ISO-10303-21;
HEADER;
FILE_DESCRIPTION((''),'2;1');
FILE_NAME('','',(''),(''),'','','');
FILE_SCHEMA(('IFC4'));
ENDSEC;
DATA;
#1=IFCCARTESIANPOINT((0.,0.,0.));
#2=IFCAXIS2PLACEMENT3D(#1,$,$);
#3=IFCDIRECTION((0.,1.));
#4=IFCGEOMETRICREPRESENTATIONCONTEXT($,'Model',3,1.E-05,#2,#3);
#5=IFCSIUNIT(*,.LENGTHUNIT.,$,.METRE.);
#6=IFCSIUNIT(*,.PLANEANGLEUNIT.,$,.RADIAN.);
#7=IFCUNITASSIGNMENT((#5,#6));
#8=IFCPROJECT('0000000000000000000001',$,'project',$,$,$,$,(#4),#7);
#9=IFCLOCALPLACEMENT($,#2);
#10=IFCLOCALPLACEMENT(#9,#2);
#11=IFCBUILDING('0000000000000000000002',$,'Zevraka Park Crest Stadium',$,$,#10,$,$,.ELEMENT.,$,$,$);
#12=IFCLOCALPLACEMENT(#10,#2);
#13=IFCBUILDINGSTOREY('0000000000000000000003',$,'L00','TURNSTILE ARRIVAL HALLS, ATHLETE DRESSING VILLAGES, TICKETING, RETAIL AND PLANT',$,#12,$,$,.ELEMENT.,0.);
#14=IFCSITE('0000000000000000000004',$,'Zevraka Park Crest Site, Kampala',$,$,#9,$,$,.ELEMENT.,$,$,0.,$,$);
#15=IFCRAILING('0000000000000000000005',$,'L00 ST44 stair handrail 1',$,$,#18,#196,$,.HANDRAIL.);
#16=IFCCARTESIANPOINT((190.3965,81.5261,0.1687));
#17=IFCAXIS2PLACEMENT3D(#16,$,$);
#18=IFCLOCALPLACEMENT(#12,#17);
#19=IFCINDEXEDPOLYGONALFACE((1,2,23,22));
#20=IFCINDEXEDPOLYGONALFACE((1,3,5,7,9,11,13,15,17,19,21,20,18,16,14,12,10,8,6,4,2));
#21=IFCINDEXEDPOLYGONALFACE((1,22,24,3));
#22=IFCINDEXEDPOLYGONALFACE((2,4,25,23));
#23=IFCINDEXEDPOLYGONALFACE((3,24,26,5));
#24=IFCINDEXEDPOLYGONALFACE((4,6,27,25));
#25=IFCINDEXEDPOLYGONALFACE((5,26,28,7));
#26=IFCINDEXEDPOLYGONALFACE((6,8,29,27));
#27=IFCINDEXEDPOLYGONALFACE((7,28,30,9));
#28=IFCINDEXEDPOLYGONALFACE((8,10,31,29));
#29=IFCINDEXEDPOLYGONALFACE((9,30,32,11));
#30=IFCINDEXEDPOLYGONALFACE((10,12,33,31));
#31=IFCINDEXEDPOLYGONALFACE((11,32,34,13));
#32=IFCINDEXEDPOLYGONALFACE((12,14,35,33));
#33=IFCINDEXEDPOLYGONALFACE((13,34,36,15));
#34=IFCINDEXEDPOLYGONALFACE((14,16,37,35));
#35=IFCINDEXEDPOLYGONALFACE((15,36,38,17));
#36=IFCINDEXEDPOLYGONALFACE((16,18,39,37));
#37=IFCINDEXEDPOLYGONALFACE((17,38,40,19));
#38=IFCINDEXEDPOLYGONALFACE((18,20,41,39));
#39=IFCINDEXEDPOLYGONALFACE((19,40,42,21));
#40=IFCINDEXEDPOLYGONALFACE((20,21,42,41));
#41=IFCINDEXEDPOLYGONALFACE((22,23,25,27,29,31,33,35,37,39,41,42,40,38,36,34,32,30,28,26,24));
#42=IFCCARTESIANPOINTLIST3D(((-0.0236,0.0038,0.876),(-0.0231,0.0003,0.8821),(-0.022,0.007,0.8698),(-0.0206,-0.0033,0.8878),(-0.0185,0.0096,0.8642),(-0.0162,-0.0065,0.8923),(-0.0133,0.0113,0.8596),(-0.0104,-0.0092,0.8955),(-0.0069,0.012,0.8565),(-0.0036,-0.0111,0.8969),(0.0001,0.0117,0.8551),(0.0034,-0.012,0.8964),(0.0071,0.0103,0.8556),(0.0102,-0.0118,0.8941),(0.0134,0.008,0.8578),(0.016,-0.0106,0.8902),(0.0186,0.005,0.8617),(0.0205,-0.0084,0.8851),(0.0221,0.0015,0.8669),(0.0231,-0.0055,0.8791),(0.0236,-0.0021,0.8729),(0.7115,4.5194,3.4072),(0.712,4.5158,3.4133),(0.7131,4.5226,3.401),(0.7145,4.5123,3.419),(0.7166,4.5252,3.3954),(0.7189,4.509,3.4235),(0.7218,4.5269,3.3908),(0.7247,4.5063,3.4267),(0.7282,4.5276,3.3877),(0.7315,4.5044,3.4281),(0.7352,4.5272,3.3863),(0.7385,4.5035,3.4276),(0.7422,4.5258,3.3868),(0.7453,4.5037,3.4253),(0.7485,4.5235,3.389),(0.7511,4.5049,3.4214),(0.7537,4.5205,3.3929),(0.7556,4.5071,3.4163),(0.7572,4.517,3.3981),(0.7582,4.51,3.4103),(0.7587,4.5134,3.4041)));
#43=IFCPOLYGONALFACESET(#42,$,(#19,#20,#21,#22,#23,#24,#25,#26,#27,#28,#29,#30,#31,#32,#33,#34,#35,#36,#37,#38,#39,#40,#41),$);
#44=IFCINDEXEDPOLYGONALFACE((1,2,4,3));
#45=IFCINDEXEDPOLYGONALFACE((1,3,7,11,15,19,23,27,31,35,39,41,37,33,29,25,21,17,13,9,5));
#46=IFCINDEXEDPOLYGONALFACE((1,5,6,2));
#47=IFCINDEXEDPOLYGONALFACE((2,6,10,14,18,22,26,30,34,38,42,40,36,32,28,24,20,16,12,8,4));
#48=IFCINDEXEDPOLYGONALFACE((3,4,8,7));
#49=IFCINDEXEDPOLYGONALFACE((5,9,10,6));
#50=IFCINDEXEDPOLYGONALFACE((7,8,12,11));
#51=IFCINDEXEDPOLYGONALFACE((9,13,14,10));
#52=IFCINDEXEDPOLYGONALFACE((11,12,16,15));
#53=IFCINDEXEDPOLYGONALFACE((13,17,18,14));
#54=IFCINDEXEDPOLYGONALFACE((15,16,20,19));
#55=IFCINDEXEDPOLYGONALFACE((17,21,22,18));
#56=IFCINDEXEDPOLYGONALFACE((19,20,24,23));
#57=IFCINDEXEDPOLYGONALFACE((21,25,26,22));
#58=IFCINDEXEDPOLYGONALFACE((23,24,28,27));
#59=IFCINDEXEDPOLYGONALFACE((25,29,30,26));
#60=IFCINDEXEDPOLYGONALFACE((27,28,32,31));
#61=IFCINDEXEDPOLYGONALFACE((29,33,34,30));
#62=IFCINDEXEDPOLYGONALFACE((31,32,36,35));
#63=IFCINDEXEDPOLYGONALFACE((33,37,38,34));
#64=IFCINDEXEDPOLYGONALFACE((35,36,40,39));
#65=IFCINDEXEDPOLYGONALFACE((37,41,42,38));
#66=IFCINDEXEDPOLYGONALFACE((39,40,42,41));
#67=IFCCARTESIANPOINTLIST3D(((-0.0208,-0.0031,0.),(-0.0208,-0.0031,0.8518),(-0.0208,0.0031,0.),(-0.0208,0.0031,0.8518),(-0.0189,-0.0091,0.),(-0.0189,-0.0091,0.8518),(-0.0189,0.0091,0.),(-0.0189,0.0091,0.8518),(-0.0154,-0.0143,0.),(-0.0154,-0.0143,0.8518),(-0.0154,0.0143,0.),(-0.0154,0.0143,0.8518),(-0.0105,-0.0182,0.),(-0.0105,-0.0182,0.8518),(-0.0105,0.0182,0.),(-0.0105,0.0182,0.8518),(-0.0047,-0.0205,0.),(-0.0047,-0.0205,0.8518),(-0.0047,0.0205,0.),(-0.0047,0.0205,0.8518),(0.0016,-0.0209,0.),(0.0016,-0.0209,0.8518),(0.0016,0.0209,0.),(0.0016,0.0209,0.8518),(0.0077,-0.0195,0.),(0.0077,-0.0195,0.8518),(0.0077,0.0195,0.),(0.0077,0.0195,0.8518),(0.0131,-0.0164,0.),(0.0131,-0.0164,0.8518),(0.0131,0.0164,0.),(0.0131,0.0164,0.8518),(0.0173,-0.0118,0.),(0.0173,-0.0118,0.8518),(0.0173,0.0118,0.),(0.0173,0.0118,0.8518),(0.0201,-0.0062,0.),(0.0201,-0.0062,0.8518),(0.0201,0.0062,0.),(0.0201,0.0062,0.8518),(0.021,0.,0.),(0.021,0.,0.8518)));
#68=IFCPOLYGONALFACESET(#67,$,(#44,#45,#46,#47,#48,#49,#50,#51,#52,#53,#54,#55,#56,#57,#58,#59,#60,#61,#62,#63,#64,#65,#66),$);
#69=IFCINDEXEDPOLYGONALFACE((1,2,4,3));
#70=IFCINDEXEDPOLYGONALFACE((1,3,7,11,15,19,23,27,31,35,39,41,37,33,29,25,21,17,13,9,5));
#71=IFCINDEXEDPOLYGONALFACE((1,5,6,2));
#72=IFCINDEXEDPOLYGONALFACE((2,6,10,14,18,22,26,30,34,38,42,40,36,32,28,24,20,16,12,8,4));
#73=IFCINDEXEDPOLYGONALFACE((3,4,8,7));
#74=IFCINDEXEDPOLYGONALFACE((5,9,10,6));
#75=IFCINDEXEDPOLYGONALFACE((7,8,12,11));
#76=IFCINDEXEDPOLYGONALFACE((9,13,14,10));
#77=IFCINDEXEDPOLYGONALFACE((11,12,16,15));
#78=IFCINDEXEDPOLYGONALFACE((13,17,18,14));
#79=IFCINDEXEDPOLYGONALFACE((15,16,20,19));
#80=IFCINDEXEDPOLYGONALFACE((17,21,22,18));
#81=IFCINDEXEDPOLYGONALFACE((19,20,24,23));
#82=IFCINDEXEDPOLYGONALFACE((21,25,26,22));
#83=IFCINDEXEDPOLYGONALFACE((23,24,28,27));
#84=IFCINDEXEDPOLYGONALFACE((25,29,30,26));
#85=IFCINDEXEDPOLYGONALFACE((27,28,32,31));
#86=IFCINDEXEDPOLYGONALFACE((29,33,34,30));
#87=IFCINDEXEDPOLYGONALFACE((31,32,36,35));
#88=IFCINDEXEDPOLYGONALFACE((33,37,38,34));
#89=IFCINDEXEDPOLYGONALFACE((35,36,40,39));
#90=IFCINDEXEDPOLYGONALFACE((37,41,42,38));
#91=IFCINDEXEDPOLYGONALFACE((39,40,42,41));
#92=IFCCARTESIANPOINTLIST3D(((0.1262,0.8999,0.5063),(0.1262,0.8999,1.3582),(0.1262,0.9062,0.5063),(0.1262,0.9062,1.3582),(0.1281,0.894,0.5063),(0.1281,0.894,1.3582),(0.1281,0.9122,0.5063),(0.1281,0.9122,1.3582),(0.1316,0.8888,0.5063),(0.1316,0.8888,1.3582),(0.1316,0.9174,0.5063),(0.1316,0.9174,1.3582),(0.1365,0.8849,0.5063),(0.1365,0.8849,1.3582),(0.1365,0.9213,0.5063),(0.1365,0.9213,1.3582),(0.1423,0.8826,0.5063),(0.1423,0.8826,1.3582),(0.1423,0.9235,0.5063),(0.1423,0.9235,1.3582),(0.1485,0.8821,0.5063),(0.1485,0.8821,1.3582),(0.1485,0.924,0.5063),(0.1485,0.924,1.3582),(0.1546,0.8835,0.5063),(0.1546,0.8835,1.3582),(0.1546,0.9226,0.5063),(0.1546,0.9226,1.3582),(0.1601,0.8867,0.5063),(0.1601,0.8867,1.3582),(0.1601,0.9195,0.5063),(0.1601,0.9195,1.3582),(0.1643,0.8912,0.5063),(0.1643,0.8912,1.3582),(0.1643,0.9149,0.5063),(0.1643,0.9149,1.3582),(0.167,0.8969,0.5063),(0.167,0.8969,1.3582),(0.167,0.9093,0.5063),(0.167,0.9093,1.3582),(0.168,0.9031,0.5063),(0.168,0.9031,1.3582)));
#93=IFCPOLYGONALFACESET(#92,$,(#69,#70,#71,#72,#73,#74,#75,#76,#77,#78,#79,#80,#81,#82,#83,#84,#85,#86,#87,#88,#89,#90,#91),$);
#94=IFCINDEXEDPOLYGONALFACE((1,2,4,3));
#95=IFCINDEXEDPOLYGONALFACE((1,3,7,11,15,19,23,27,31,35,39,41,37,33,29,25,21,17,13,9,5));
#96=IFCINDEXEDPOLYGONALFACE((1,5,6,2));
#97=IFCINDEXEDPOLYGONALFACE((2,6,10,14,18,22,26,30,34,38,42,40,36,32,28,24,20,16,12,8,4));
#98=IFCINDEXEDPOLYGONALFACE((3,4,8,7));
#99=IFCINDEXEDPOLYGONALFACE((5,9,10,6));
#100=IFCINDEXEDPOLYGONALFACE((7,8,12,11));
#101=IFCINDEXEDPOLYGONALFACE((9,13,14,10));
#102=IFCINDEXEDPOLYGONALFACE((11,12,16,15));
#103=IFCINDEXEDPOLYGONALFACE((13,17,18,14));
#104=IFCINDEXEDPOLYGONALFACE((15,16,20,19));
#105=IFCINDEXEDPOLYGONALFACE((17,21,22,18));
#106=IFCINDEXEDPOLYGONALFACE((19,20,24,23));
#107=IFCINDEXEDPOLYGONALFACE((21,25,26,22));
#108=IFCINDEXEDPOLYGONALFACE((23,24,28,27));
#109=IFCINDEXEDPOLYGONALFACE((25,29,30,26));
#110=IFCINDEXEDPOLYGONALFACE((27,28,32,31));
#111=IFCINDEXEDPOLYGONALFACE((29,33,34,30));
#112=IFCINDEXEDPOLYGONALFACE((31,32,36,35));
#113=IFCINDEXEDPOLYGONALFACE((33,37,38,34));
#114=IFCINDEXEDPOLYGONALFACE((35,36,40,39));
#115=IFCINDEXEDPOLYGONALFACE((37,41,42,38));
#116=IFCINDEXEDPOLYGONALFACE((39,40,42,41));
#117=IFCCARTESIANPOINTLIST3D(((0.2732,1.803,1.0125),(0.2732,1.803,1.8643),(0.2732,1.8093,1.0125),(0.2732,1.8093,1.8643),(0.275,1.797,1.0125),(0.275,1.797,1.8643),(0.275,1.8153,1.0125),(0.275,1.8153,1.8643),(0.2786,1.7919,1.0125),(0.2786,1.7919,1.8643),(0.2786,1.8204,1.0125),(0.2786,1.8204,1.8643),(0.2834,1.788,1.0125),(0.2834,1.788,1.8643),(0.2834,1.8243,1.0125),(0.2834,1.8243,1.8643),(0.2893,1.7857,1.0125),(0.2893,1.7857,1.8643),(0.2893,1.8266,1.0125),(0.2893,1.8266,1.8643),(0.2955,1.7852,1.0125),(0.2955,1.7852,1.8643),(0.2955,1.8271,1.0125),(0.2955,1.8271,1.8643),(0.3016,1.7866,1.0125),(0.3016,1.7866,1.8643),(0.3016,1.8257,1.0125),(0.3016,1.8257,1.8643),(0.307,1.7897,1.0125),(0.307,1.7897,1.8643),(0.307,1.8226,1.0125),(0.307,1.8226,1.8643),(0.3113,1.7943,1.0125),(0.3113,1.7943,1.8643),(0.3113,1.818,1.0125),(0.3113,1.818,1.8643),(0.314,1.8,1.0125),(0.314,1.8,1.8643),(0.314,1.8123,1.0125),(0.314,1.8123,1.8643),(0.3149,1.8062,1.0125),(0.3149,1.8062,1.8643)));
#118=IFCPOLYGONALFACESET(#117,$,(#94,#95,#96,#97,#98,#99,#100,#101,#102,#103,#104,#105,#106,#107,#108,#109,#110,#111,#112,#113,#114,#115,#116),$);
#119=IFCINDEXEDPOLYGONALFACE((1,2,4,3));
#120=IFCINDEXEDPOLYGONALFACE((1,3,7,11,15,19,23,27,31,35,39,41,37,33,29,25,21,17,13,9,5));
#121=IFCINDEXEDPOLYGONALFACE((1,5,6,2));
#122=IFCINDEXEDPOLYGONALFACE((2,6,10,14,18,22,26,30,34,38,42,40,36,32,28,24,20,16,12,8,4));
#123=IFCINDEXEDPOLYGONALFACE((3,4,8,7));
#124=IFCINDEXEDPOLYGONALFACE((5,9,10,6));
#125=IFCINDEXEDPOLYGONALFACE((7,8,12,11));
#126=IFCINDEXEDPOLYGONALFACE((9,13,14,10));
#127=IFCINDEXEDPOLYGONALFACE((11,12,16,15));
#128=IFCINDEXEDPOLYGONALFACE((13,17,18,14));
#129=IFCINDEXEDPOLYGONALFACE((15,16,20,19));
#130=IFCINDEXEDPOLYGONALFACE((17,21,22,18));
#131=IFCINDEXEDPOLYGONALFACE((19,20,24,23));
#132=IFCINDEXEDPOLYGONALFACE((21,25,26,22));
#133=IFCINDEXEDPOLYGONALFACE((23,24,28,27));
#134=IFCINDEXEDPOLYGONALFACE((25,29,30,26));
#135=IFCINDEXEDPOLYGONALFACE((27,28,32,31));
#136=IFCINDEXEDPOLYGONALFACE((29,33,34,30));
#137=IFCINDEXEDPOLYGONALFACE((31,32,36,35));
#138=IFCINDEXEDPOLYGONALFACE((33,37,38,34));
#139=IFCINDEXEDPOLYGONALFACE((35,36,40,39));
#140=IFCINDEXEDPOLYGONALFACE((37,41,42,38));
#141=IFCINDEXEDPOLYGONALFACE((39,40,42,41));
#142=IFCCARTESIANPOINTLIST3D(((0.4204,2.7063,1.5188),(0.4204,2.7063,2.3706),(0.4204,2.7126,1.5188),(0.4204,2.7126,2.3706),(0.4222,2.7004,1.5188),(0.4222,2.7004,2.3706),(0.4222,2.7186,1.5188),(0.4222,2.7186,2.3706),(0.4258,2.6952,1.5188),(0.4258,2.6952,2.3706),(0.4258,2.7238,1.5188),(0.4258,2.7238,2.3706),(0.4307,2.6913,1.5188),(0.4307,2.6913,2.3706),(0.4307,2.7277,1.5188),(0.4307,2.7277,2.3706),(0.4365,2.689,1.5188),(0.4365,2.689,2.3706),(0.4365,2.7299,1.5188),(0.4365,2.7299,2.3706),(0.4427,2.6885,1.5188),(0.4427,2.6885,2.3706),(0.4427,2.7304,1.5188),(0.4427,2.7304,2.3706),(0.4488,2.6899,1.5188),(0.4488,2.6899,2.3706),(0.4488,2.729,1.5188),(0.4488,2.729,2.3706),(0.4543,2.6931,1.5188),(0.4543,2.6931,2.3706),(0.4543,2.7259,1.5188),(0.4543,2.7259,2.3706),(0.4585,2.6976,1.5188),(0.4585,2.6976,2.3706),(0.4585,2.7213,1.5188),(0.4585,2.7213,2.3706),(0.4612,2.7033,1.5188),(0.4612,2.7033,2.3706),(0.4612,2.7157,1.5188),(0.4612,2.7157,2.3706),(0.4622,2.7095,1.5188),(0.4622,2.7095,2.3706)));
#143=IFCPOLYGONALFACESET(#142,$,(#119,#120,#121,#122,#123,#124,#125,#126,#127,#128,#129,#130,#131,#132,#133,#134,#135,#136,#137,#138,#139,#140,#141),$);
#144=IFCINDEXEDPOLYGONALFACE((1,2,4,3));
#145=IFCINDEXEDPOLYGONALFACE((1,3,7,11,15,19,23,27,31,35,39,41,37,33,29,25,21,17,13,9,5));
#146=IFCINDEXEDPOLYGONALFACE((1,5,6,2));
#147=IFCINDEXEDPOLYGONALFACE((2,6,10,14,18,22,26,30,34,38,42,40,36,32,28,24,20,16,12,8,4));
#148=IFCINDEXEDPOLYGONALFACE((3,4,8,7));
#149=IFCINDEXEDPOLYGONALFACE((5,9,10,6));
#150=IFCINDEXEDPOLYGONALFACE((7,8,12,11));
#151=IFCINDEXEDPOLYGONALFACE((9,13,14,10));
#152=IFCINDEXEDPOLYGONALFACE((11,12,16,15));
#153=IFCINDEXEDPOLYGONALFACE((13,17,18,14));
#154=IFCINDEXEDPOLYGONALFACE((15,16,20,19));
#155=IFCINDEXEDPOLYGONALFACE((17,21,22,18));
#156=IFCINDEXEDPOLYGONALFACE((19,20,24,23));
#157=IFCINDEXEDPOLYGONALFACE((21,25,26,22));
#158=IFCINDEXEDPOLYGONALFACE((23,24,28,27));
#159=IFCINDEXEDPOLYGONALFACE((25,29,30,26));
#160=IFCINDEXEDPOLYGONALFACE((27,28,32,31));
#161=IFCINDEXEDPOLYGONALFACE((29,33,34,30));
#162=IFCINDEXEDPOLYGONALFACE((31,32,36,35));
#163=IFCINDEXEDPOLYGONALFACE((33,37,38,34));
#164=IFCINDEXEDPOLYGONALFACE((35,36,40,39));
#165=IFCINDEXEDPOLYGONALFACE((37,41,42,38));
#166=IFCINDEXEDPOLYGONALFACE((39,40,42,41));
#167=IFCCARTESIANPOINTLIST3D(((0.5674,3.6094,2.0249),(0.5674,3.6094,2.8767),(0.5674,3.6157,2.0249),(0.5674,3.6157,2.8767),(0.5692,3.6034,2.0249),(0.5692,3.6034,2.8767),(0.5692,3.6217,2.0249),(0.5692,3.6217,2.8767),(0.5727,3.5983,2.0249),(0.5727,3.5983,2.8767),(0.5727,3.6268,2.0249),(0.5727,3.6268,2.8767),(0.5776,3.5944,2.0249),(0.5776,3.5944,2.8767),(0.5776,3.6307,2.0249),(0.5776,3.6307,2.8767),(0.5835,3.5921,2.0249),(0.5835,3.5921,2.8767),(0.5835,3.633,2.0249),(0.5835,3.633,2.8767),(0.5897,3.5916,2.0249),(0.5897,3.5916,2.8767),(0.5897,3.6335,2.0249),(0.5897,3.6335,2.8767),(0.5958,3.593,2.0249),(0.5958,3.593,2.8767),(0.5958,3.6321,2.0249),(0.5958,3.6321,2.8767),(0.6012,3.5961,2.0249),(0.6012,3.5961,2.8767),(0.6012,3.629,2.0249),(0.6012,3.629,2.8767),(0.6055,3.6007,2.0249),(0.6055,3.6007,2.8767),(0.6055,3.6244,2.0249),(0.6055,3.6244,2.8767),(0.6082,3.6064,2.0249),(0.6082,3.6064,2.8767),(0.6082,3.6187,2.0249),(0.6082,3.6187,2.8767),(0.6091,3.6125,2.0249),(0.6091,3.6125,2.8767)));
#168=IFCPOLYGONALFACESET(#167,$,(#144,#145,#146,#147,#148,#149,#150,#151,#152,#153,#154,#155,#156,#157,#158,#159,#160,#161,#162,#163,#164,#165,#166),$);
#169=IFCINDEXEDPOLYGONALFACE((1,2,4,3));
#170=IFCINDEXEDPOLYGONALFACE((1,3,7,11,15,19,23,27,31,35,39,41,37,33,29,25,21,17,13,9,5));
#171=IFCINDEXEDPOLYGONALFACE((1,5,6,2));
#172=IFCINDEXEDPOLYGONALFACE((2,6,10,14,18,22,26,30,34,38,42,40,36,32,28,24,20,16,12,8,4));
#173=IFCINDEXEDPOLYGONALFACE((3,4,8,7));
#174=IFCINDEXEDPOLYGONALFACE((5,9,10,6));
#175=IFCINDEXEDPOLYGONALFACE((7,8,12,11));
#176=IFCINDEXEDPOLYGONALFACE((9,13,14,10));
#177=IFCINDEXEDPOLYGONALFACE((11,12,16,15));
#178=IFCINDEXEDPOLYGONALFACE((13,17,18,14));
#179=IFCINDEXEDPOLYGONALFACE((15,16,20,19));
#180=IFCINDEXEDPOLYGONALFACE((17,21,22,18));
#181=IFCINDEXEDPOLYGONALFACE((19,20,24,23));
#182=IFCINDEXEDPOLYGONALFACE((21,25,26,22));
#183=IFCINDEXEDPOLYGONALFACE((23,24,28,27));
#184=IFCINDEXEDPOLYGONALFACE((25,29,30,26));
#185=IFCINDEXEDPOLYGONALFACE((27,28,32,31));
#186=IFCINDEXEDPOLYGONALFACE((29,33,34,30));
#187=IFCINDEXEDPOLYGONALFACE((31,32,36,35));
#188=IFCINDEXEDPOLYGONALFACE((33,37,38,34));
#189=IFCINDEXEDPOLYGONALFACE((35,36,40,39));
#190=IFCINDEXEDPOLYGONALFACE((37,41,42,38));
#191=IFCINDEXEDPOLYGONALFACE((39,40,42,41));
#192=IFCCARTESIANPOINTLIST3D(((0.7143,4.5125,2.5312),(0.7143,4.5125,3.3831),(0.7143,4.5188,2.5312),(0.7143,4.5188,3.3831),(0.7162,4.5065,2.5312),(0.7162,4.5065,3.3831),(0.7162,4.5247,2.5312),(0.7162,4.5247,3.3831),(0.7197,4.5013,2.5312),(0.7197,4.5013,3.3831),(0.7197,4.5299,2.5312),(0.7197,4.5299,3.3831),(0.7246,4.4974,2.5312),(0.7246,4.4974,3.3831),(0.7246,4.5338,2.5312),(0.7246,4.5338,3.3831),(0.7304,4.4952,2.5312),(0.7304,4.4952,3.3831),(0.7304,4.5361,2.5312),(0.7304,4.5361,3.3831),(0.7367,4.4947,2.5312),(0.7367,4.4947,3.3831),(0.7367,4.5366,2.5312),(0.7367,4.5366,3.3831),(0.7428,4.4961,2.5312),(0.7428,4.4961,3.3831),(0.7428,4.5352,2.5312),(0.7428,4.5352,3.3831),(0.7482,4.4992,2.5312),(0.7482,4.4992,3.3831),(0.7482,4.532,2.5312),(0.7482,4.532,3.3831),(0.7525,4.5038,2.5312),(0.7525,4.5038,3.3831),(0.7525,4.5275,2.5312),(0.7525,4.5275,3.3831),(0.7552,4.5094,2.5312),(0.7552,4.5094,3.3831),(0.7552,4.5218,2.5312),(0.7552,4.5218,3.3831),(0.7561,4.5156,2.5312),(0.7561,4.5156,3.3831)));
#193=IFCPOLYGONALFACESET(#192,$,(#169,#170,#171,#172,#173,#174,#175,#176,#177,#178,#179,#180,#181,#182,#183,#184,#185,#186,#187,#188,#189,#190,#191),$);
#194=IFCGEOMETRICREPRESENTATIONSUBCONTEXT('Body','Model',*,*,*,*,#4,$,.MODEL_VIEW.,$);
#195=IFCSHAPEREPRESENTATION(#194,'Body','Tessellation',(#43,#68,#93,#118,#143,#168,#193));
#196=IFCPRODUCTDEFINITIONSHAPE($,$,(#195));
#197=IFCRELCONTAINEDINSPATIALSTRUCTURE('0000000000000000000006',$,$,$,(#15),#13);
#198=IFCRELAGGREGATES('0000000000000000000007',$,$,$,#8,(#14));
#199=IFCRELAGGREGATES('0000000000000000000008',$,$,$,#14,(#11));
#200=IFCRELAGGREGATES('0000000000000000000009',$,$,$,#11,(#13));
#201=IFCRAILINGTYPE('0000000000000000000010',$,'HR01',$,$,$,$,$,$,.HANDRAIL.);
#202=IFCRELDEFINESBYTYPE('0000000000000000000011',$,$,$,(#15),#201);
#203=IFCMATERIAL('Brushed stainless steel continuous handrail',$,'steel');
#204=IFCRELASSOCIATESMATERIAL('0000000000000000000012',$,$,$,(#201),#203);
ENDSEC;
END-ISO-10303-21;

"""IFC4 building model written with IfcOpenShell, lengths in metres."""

from ifc_helpers import new_model, si_unit, direction, frame, origin, origin_2d, place, context, subcontext, project, spatial, circle, extrude, material, type_object, element, save


model = new_model("IFC4")

# Units and contexts
model_context = context("Model", 3, precision=1e-05, world=origin(), true_north=direction((0.0, 1.0)))
body_context = subcontext(model_context, "Body", "Model", "MODEL_VIEW")
ifc_project = project(units=[si_unit("LENGTHUNIT", "METRE"), si_unit("PLANEANGLEUNIT", "RADIAN")], contexts=[model_context])

# Site, building, storey
site_placement = place(None, origin())
site = spatial("IfcSite", under=ifc_project, at=site_placement, Name="Zevraka Park Crest Site, Kampala", CompositionType="ELEMENT", RefElevation=0.0)
building_placement = place(site_placement, origin())
building = spatial("IfcBuilding", under=site, at=building_placement, Name="Zevraka Park Crest Stadium", CompositionType="ELEMENT")
storey_placement = place(building_placement, origin())
storey = spatial("IfcBuildingStorey", under=building, at=storey_placement, Name="L00", Description="TURNSTILE ARRIVAL HALLS, ATHLETE DRESSING VILLAGES, TICKETING, RETAIL AND PLANT", CompositionType="ELEMENT", Elevation=0.0)

# Railing
ifc_material_1 = material(Name="Brushed stainless steel continuous handrail", Category="steel")
railing_type_1 = type_object("IfcRailingType", Name="HR01", PredefinedType="HANDRAIL", material=ifc_material_1)
railing_1_placement = place(storey_placement, frame((190.3965, 81.5261, 0.1687)))
element("IfcRailing", 1, at=railing_1_placement, inside=storey, type_object=railing_type_1, Name="L00 ST44 stair handrail 1", PredefinedType="HANDRAIL", context=body_context, shape_type="SweptSolid", body=[
    extrude(circle(Radius=0.0239, at=origin_2d()), frame((0.0, 0.0, 0.876), z_axis=(0.140593, 0.863636, 0.484114), x_axis=(-0.987007, 0.160677, 0.0)), (0.0, 0.0, 1.0), 5.2285),
    extrude(circle(Radius=0.021, at=origin_2d()), origin(), (0.0, 0.0, 1.0), 0.8518),
    extrude(circle(Radius=0.021, at=origin_2d()), frame((0.147, 0.9031, 0.5063)), (0.0, 0.0, 1.0), 0.8518),
    extrude(circle(Radius=0.021, at=origin_2d()), frame((0.2939, 1.8062, 1.0125)), (0.0, 0.0, 1.0), 0.8518),
    extrude(circle(Radius=0.021, at=origin_2d()), frame((0.4412, 2.7095, 1.5188)), (0.0, 0.0, 1.0), 0.8518),
    extrude(circle(Radius=0.021, at=origin_2d()), frame((0.5881, 3.6125, 2.0249)), (0.0, 0.0, 1.0), 0.8518),
    extrude(circle(Radius=0.021, at=origin_2d()), frame((0.7351, 4.5156, 2.5312)), (0.0, 0.0, 1.0), 0.8518),
])

save(model, "model.ifc")
